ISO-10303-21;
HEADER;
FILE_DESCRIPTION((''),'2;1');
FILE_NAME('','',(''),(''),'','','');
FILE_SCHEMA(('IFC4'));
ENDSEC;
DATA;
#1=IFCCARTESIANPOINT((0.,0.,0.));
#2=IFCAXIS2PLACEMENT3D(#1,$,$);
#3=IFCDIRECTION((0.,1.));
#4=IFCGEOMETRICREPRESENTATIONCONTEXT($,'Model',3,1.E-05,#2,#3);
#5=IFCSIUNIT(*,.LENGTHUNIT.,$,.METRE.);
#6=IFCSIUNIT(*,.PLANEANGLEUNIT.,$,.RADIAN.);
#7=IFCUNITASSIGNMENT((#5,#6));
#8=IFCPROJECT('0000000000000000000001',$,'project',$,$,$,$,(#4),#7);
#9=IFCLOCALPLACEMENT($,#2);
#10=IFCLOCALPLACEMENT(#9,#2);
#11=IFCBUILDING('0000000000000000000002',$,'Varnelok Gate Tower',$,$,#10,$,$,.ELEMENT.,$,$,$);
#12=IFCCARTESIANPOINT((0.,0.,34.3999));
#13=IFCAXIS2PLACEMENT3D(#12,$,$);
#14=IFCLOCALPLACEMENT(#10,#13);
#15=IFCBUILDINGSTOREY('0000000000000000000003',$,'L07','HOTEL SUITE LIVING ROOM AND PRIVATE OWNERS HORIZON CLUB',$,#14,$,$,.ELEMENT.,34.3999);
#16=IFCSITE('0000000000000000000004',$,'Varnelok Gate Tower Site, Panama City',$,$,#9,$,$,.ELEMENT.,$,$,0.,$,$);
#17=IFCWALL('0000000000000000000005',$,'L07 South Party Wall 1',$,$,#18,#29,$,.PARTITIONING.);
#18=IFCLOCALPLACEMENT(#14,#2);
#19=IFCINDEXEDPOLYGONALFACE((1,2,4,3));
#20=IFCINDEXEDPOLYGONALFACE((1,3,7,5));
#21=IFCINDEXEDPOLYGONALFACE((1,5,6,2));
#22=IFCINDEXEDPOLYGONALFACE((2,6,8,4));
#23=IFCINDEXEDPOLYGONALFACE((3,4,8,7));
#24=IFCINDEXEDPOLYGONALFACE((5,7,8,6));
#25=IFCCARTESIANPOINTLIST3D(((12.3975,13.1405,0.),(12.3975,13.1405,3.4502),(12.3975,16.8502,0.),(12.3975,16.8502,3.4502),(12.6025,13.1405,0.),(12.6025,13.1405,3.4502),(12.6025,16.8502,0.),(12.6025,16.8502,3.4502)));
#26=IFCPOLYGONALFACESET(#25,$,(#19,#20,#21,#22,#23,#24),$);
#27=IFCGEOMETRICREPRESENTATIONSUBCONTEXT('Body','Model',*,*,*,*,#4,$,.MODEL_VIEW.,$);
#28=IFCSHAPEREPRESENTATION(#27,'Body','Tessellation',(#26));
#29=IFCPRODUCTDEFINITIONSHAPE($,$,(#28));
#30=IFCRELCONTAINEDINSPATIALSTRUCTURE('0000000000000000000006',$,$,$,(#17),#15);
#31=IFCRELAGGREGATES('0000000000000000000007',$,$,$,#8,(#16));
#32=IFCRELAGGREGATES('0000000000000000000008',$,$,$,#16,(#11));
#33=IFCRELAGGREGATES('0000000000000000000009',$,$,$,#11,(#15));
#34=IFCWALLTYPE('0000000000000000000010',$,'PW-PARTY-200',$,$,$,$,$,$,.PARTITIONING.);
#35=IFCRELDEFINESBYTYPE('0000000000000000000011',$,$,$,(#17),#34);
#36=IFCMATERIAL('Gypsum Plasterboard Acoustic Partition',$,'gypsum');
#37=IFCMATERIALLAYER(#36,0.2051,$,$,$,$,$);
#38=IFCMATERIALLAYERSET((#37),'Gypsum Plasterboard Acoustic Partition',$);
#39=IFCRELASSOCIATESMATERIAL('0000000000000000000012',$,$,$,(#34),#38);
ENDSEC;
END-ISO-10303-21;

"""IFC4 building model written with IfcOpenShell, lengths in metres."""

from ifc_helpers import new_model, si_unit, direction, frame, frame_2d, origin, place, context, subcontext, project, spatial, rectangle, extrude, material, layer, layer_set, type_object, element, save


model = new_model("IFC4")

# Units and contexts
model_context = context("Model", 3, precision=1e-05, world=origin(), true_north=direction((0.0, 1.0)))
body_context = subcontext(model_context, "Body", "Model", "MODEL_VIEW")
ifc_project = project(units=[si_unit("LENGTHUNIT", "METRE"), si_unit("PLANEANGLEUNIT", "RADIAN")], contexts=[model_context])

# Site, building, storey
site_placement = place(None, origin())
site = spatial("IfcSite", under=ifc_project, at=site_placement, Name="Varnelok Gate Tower Site, Panama City", CompositionType="ELEMENT", RefElevation=0.0)
building_placement = place(site_placement, origin())
building = spatial("IfcBuilding", under=site, at=building_placement, Name="Varnelok Gate Tower", CompositionType="ELEMENT")
storey_placement = place(building_placement, frame((0.0, 0.0, 34.3999)))
storey = spatial("IfcBuildingStorey", under=building, at=storey_placement, Name="L07", Description="HOTEL SUITE LIVING ROOM AND PRIVATE OWNERS HORIZON CLUB", CompositionType="ELEMENT", Elevation=34.3999)

# Shared definitions
ifc_material_1 = material(Name="Gypsum Plasterboard Acoustic Partition", Category="gypsum")

# Wall
ifc_layer_1 = layer(ifc_material_1, 0.2051)
ifc_layer_set_1 = layer_set([ifc_layer_1], Name="Gypsum Plasterboard Acoustic Partition")
wall_type_1 = type_object("IfcWallType", Name="PW-PARTY-200", PredefinedType="PARTITIONING", material=ifc_layer_set_1)
wall_1_placement = place(storey_placement, frame((12.5, 13.1404, 0.0), z_axis=(0.0, 0.0, 1.0), x_axis=(0.0, 1.0, 0.0)))
element("IfcWall", 1, at=wall_1_placement, inside=storey, type_object=wall_type_1, Name="L07 South Party Wall 1", PredefinedType="PARTITIONING", context=body_context, shape_type="SweptSolid", body=[
    extrude(rectangle(XDim=3.7097, YDim=0.2051, at=frame_2d((1.855, 0.0))), origin(), (0.0, 0.0, 1.0), 3.4502),
])

save(model, "model.ifc")
